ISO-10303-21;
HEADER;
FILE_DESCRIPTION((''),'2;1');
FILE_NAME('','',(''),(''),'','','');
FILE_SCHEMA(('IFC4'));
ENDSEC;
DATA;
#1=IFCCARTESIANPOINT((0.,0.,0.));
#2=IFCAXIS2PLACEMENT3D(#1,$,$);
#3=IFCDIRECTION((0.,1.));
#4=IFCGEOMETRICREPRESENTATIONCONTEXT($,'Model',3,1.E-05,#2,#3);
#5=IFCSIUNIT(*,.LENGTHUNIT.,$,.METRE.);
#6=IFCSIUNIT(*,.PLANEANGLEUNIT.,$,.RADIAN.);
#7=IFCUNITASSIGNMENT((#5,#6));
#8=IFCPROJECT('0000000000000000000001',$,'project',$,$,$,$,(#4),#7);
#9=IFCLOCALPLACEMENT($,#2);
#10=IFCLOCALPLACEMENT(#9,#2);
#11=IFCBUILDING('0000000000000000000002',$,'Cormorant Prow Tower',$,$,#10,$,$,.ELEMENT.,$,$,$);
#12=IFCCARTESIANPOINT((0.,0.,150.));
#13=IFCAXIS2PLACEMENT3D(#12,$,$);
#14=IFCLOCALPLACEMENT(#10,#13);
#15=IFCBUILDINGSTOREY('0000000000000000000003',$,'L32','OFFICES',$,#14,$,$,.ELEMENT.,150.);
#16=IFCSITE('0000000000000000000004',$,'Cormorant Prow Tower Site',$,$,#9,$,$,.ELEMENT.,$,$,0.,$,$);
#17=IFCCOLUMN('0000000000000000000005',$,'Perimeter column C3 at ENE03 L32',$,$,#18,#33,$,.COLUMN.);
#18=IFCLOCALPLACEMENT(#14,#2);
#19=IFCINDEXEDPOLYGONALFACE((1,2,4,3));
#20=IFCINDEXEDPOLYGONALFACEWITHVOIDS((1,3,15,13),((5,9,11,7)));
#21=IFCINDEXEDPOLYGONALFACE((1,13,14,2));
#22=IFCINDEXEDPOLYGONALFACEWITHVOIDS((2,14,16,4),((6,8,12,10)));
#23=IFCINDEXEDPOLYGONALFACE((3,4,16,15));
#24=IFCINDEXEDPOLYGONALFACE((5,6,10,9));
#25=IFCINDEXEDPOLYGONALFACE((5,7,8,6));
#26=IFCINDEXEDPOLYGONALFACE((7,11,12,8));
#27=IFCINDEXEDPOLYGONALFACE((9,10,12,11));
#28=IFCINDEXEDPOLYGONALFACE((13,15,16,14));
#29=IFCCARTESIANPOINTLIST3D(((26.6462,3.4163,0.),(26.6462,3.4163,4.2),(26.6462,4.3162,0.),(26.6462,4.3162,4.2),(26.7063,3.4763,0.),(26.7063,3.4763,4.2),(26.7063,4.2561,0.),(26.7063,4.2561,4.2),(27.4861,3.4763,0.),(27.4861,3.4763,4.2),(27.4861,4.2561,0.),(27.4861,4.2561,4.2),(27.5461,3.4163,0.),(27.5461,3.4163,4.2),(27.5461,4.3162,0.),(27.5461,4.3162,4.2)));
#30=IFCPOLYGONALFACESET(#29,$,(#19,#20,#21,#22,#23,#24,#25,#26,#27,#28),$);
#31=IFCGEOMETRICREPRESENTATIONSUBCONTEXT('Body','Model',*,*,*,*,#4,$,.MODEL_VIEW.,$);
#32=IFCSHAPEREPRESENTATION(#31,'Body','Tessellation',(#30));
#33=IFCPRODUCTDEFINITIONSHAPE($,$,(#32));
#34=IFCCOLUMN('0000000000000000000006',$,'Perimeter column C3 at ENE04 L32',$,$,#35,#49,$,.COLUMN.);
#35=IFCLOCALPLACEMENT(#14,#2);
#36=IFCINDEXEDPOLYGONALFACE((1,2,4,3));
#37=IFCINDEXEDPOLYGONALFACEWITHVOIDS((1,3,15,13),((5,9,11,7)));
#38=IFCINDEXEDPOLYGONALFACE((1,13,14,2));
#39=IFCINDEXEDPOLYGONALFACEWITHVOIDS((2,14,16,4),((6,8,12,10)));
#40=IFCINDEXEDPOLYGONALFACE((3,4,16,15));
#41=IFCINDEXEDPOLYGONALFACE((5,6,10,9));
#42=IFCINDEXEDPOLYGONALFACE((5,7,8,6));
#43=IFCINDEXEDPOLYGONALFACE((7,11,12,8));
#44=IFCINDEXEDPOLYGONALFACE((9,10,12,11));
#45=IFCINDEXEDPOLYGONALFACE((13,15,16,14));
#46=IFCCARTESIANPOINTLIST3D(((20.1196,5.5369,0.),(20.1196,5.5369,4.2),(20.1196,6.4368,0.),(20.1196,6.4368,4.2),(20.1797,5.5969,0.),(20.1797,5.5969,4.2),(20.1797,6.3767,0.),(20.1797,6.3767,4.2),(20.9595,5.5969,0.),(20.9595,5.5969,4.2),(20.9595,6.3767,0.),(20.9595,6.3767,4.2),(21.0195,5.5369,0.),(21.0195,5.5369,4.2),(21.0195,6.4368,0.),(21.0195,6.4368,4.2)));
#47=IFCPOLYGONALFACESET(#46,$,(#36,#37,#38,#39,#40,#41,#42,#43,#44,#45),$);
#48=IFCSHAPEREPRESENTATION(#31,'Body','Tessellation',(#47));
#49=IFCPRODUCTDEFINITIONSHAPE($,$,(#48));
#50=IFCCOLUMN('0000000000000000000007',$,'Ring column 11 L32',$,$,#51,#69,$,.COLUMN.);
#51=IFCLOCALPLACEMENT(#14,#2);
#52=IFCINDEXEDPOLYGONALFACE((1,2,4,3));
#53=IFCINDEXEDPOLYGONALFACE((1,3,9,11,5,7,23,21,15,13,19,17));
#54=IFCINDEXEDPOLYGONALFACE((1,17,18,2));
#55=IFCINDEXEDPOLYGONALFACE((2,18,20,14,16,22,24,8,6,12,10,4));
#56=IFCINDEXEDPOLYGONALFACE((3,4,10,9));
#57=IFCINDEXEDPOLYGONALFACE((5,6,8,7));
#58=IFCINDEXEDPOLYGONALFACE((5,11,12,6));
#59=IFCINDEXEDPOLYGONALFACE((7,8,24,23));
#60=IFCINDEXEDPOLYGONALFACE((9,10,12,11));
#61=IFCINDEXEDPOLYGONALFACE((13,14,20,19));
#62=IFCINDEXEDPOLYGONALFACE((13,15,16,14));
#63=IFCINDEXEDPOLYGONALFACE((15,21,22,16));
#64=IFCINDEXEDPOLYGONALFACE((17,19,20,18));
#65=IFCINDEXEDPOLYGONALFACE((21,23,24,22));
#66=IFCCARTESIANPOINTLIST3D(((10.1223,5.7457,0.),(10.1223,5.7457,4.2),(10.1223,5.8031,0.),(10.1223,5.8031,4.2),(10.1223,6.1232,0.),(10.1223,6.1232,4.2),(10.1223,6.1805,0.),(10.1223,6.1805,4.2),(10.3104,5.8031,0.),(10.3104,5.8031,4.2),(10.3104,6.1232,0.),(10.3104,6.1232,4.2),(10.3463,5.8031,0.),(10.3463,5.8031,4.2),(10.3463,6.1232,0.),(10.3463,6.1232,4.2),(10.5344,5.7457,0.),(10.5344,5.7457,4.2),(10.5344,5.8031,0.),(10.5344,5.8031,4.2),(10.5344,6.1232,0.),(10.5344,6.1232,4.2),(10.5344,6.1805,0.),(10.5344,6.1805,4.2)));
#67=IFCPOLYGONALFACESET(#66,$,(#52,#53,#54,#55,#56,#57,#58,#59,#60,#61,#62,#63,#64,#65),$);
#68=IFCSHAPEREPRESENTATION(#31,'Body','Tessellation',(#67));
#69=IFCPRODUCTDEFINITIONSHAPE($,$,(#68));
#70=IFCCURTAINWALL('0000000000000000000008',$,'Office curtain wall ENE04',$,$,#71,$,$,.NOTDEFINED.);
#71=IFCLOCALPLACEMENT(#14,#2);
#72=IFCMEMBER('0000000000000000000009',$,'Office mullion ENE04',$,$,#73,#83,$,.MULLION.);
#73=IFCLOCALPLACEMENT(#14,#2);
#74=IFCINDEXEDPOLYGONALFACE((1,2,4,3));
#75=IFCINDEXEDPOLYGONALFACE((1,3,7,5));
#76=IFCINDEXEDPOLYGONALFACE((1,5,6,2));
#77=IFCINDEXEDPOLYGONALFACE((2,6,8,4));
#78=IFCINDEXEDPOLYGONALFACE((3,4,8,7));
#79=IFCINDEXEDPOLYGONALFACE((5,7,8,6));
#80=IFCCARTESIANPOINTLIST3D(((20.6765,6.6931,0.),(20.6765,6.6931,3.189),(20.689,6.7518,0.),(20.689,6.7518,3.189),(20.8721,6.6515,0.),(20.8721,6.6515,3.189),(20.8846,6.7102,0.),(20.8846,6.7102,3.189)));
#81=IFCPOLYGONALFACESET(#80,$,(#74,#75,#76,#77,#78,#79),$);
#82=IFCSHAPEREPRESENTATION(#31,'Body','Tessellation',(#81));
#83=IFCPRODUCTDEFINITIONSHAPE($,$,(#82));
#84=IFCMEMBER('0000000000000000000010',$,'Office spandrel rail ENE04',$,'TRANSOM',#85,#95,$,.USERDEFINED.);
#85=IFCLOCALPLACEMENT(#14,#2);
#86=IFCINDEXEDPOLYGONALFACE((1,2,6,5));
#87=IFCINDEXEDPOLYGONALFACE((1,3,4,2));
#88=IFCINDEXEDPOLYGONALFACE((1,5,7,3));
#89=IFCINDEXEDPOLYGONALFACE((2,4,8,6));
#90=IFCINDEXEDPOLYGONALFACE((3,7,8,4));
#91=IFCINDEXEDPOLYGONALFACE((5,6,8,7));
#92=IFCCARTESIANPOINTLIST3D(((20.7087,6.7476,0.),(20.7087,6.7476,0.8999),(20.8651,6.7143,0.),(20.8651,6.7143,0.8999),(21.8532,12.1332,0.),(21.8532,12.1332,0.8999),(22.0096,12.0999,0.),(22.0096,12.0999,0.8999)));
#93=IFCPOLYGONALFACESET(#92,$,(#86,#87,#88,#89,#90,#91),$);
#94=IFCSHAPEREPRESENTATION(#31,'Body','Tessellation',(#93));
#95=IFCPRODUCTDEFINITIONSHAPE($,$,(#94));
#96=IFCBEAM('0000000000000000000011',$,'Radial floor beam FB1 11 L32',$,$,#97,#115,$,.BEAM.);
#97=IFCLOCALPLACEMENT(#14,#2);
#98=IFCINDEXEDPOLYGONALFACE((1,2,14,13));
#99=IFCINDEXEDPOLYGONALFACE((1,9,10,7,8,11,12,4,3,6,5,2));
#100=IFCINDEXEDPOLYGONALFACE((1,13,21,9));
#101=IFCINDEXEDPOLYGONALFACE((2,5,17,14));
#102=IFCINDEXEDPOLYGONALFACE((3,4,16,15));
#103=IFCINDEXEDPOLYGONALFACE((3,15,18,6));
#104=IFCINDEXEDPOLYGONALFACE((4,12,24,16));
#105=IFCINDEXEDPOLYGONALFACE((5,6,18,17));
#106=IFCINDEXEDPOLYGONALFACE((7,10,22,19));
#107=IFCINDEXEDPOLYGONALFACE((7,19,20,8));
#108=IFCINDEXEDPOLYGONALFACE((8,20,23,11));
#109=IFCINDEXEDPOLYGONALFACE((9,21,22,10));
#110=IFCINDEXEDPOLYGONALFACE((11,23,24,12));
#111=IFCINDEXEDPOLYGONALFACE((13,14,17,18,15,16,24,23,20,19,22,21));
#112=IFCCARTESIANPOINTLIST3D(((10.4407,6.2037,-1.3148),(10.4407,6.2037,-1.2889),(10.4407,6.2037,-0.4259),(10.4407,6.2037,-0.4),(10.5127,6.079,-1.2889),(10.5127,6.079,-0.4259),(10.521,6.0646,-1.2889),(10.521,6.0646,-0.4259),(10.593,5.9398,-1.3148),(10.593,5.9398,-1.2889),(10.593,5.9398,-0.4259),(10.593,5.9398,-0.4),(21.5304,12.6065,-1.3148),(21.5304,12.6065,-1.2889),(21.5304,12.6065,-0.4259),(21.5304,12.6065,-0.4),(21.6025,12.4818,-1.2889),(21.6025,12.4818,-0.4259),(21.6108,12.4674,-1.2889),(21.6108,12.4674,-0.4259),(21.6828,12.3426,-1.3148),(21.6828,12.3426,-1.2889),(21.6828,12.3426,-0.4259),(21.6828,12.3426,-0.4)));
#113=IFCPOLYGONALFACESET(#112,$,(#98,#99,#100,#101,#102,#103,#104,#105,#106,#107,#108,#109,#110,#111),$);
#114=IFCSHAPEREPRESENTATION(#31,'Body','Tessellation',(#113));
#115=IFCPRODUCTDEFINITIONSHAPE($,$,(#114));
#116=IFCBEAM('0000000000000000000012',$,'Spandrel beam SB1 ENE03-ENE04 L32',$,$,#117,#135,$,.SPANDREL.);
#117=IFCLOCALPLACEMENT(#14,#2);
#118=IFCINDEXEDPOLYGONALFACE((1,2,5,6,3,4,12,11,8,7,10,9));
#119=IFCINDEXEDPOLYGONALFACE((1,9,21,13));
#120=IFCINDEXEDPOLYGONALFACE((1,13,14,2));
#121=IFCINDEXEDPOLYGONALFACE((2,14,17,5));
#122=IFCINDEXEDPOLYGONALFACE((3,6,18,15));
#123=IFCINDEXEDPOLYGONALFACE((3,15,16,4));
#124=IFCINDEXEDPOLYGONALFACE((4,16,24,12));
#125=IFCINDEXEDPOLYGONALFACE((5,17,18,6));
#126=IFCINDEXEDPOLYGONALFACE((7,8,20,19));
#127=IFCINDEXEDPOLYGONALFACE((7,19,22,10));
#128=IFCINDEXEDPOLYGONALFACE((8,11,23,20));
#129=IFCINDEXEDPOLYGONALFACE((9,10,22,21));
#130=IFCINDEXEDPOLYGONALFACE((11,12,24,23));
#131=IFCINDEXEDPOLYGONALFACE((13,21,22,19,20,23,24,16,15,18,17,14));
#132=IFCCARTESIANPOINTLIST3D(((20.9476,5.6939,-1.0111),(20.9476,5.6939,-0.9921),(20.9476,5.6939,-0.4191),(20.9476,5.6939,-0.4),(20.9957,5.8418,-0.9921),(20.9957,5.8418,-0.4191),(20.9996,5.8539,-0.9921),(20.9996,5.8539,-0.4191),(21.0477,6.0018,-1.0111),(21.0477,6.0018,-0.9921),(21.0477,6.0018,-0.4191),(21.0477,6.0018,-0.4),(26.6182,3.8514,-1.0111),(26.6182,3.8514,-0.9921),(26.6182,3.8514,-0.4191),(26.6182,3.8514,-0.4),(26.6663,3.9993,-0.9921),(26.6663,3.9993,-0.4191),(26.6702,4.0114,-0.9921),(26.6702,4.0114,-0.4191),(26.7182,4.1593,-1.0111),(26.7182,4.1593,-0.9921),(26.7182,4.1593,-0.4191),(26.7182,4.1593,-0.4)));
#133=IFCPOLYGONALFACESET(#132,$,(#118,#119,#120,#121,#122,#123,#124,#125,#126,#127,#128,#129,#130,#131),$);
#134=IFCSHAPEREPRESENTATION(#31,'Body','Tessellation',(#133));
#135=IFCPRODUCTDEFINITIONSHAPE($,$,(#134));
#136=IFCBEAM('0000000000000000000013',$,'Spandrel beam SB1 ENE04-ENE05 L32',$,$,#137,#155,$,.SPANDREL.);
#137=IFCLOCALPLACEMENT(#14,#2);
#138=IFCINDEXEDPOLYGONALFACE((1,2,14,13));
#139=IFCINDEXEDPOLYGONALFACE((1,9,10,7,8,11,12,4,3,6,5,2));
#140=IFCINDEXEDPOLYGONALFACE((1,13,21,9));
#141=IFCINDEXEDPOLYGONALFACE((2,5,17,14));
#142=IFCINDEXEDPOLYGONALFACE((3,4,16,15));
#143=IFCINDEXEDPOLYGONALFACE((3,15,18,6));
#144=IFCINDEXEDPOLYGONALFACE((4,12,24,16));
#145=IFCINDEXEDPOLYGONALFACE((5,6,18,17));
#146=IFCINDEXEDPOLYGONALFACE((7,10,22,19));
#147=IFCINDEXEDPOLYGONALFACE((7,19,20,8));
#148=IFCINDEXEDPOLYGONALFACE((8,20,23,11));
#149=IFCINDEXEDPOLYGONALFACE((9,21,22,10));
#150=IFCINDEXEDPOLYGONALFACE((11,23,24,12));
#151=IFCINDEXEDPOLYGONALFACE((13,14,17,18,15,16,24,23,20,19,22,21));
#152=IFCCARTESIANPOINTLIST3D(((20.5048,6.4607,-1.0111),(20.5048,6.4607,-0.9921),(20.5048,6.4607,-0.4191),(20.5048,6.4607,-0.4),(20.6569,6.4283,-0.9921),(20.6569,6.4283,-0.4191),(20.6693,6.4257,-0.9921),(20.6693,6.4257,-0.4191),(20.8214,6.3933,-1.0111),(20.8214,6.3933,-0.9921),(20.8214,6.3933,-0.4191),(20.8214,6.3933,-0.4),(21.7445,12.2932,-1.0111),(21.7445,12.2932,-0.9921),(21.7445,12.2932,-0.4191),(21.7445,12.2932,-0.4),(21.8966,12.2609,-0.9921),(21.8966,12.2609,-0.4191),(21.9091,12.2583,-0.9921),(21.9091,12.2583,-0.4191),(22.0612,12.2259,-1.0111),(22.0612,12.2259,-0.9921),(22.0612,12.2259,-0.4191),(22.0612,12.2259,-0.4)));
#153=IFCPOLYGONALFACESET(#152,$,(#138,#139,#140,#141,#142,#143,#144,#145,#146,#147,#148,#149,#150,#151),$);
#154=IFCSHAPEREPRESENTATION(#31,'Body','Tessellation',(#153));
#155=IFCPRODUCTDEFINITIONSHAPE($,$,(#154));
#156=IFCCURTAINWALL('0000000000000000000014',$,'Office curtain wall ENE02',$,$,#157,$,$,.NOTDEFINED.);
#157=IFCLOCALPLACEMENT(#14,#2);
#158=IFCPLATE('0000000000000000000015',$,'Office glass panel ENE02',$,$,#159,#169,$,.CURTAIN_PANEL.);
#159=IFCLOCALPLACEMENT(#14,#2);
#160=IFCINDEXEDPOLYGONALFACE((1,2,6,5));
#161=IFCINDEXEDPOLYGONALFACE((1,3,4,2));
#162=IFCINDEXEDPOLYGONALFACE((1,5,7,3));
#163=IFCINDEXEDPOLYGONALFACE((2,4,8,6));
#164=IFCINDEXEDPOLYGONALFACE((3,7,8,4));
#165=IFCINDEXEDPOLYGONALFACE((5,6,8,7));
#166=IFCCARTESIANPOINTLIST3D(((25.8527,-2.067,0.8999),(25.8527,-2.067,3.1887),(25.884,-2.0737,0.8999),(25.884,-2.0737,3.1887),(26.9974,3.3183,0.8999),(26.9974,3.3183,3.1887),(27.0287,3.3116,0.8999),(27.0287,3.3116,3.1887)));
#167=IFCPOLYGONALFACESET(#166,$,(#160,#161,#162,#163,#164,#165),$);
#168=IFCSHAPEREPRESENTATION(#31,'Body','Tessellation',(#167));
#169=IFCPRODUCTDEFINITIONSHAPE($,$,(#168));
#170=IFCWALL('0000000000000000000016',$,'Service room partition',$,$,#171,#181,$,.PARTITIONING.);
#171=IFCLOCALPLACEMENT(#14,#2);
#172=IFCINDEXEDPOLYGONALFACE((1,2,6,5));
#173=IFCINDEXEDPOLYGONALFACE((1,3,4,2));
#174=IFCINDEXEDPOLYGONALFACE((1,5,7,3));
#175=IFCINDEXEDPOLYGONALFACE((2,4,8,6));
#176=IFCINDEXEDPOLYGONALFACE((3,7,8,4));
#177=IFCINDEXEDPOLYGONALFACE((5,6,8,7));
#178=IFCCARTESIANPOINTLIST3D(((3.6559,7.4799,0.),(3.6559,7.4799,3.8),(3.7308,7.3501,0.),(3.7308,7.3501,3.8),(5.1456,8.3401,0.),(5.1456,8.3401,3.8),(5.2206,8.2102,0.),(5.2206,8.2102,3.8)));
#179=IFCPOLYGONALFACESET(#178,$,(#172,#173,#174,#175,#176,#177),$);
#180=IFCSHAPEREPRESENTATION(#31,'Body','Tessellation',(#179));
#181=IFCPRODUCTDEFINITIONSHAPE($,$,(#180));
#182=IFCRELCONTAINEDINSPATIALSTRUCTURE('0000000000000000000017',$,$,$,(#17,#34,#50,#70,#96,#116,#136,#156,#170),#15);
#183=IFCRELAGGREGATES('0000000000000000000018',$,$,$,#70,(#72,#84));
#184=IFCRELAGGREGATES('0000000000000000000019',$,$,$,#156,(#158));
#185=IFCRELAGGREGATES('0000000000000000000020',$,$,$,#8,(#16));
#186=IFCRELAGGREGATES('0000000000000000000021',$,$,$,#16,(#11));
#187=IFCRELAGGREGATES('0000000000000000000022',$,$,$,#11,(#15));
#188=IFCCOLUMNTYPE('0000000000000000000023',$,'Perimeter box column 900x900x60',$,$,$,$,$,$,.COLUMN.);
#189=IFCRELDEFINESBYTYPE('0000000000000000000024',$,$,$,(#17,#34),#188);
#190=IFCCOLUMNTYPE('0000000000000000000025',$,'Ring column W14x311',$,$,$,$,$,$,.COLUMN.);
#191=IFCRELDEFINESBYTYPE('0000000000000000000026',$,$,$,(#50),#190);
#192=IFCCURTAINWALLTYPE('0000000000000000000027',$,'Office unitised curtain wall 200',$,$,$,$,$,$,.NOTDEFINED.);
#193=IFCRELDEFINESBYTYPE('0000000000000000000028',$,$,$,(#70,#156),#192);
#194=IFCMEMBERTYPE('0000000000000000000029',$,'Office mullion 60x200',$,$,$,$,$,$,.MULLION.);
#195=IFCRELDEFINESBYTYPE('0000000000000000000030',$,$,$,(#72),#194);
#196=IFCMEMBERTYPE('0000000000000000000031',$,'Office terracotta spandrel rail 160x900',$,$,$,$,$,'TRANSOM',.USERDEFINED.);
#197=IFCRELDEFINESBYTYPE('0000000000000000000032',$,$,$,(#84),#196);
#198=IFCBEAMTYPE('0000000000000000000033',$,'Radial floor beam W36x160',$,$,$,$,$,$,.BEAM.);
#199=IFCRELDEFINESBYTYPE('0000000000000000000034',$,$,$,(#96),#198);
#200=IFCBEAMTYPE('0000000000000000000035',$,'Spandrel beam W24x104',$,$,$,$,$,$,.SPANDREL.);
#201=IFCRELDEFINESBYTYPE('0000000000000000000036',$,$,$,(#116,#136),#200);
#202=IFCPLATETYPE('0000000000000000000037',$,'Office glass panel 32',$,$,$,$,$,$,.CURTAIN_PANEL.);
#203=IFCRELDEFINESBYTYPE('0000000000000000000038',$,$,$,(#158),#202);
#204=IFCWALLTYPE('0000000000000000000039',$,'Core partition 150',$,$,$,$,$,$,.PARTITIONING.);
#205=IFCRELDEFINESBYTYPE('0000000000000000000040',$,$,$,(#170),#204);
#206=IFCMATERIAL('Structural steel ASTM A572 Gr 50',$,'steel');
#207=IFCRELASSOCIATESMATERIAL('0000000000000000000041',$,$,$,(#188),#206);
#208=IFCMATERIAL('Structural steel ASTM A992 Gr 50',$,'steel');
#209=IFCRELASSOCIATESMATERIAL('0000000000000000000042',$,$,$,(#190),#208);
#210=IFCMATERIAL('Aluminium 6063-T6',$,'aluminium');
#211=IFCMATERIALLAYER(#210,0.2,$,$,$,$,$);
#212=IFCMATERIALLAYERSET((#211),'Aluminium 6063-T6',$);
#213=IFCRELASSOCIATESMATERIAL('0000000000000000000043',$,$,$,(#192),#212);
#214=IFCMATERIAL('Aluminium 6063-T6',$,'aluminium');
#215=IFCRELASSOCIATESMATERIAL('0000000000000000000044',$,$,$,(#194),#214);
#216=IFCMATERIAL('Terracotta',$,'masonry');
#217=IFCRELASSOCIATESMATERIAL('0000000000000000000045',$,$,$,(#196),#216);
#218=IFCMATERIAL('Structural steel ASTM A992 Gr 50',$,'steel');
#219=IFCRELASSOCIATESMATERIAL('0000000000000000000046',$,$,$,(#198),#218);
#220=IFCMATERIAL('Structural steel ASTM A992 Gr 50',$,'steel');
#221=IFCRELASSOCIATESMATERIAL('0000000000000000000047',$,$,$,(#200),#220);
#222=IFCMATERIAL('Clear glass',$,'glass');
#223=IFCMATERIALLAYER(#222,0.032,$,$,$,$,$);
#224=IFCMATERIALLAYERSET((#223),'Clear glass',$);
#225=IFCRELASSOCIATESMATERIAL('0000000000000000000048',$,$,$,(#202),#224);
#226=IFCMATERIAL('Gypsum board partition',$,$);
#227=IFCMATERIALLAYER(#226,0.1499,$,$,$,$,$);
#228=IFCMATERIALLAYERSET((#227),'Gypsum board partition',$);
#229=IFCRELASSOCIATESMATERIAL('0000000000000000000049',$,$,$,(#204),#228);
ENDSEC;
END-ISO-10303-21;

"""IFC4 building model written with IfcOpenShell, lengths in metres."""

from ifc_helpers import new_model, si_unit, direction, frame, frame_2d, origin, origin_2d, place, context, subcontext, project, spatial, rectangle, hollow_rectangle, i_section, extrude, material, layer, layer_set, material_profile, profile_set, type_object, element, aggregate, save


model = new_model("IFC4")

# Units and contexts
model_context = context("Model", 3, precision=1e-05, world=origin(), true_north=direction((0.0, 1.0)))
body_context = subcontext(model_context, "Body", "Model", "MODEL_VIEW")
ifc_project = project(units=[si_unit("LENGTHUNIT", "METRE"), si_unit("PLANEANGLEUNIT", "RADIAN")], contexts=[model_context])

# Site, building, storey
site_placement = place(None, origin())
site = spatial("IfcSite", under=ifc_project, at=site_placement, Name="Cormorant Prow Tower Site", CompositionType="ELEMENT", RefElevation=0.0)
building_placement = place(site_placement, origin())
building = spatial("IfcBuilding", under=site, at=building_placement, Name="Cormorant Prow Tower", CompositionType="ELEMENT")
storey_placement = place(building_placement, frame((0.0, 0.0, 150.0)))
storey = spatial("IfcBuildingStorey", under=building, at=storey_placement, Name="L32", Description="OFFICES", CompositionType="ELEMENT", Elevation=150.0)

# Columns
ifc_material_1 = material(Name="Structural steel ASTM A572 Gr 50", Category="steel")
ifc_material_profile_1 = material_profile(ifc_material_1, hollow_rectangle(XDim=0.8999, YDim=0.8999, WallThickness=0.0601, at=origin_2d()), Name="Box 900x900x60")
ifc_profile_set_1 = profile_set([ifc_material_profile_1], Name="Structural steel ASTM A572 Gr 50")
column_type_1 = type_object("IfcColumnType", Name="Perimeter box column 900x900x60", PredefinedType="COLUMN", material=ifc_profile_set_1)
for number, where, z_axis, x_axis, name in (
    (1, (27.0962, 3.8662, 0.0), (0.0, 0.0, 1.0), (1.0, 0.0, 0.0), "Perimeter column C3 at ENE03 L32"),
    (2, (20.5696, 5.9868, 0.0), (0.0, 0.0, 1.0), (1.0, 0.0, 0.0), "Perimeter column C3 at ENE04 L32"),
):
    element("IfcColumn", number, at=place(storey_placement, frame(where, z_axis=z_axis, x_axis=x_axis)), inside=storey, type_object=column_type_1, Name=name, PredefinedType="COLUMN", context=body_context, shape_type="SweptSolid", body=[
        extrude(hollow_rectangle(XDim=0.8999, YDim=0.8999, WallThickness=0.0601, at=origin_2d()), origin(), (0.0, 0.0, 1.0), 4.2),
    ])
ifc_material_2 = material(Name="Structural steel ASTM A992 Gr 50", Category="steel")
ifc_material_profile_2 = material_profile(ifc_material_2, i_section(OverallWidth=0.4121, OverallDepth=0.4348, WebThickness=0.0359, FlangeThickness=0.0574, at=origin_2d()), Name="W14x311")
ifc_profile_set_2 = profile_set([ifc_material_profile_2], Name="Structural steel ASTM A992 Gr 50")
column_type_2 = type_object("IfcColumnType", Name="Ring column W14x311", PredefinedType="COLUMN", material=ifc_profile_set_2)
column_placement = place(storey_placement, frame((10.3284, 5.9631, 0.0), z_axis=(0.0, 0.0, 1.0), x_axis=(1.0, 0.0, 0.0)))
element("IfcColumn", 3, at=column_placement, inside=storey, type_object=column_type_2, Name="Ring column 11 L32", PredefinedType="COLUMN", context=body_context, shape_type="SweptSolid", body=[
    extrude(i_section(OverallWidth=0.4121, OverallDepth=0.4348, WebThickness=0.0359, FlangeThickness=0.0574, at=origin_2d()), origin(), (0.0, 0.0, 1.0), 4.2),
])

# Curtain wall, members
ifc_material_3 = material(Name="Aluminium 6063-T6", Category="aluminium")
ifc_layer_1 = layer(ifc_material_3, 0.2)
ifc_layer_set_1 = layer_set([ifc_layer_1], Name="Aluminium 6063-T6")
curtain_wall_type = type_object("IfcCurtainWallType", Name="Office unitised curtain wall 200", PredefinedType="NOTDEFINED", material=ifc_layer_set_1)
curtain_wall_1_placement = place(storey_placement, origin())
curtain_wall_1 = element("IfcCurtainWall", 4, at=curtain_wall_1_placement, inside=storey, type_object=curtain_wall_type, Name="Office curtain wall ENE04", PredefinedType="NOTDEFINED")
ifc_material_4 = material(Name="Aluminium 6063-T6", Category="aluminium")
ifc_material_profile_3 = material_profile(ifc_material_4, rectangle(XDim=0.2, YDim=0.0601, at=origin_2d()), Name="Office mullion 60x200")
ifc_profile_set_3 = profile_set([ifc_material_profile_3], Name="Aluminium 6063-T6")
member_type_1 = type_object("IfcMemberType", Name="Office mullion 60x200", PredefinedType="MULLION", material=ifc_profile_set_3)
member_1_placement = place(storey_placement, frame((20.7805, 6.7017, 0.0), z_axis=(0.0, 0.0, 1.0), x_axis=(-0.978148, 0.207912, 0.0)))
member_1 = element("IfcMember", 5, at=member_1_placement, type_object=member_type_1, Name="Office mullion ENE04", PredefinedType="MULLION", context=body_context, shape_type="SweptSolid", body=[
    extrude(rectangle(XDim=0.2, YDim=0.0601, at=origin_2d()), origin(), (0.0, 0.0, 1.0), 3.189),
])
ifc_material_5 = material(Name="Terracotta", Category="masonry")
ifc_material_profile_4 = material_profile(ifc_material_5, rectangle(XDim=0.1599, YDim=0.8999, at=origin_2d()), Name="Office terracotta spandrel rail 160x900")
ifc_profile_set_4 = profile_set([ifc_material_profile_4], Name="Terracotta")
member_type_2 = type_object("IfcMemberType", Name="Office terracotta spandrel rail 160x900", ElementType="TRANSOM", PredefinedType="USERDEFINED", material=ifc_profile_set_4)
member_2_placement = place(storey_placement, frame((20.7869, 6.731, 0.45), z_axis=(0.207878, 0.978155, 0.0), x_axis=(-0.978155, 0.207878, 0.0)))
member_2 = element("IfcMember", 6, at=member_2_placement, type_object=member_type_2, Name="Office spandrel rail ENE04", ObjectType="TRANSOM", PredefinedType="USERDEFINED", context=body_context, shape_type="SweptSolid", body=[
    extrude(rectangle(XDim=0.1599, YDim=0.8999, at=origin_2d()), origin(), (0.0, 0.0, 1.0), 5.5059),
])
aggregate(curtain_wall_1, [member_1, member_2])

# Beams
ifc_material_6 = material(Name="Structural steel ASTM A992 Gr 50", Category="steel")
ifc_material_profile_5 = material_profile(ifc_material_6, i_section(OverallWidth=0.3047, OverallDepth=0.9148, WebThickness=0.0166, FlangeThickness=0.0259, at=origin_2d()), Name="W36x160")
ifc_profile_set_5 = profile_set([ifc_material_profile_5], Name="Structural steel ASTM A992 Gr 50")
beam_type_1 = type_object("IfcBeamType", Name="Radial floor beam W36x160", PredefinedType="BEAM", material=ifc_profile_set_5)
beam_1_placement = place(storey_placement, frame((10.5168, 6.0718, -0.8574), z_axis=(0.866022, 0.500006, 0.0), x_axis=(-0.500006, 0.866022, 0.0)))
element("IfcBeam", 7, at=beam_1_placement, inside=storey, type_object=beam_type_1, Name="Radial floor beam FB1 11 L32", PredefinedType="BEAM", context=body_context, shape_type="SweptSolid", body=[
    extrude(i_section(OverallWidth=0.3047, OverallDepth=0.9148, WebThickness=0.0166, FlangeThickness=0.0259, at=origin_2d()), origin(), (0.0, 0.0, 1.0), 12.8054),
])
ifc_material_7 = material(Name="Structural steel ASTM A992 Gr 50", Category="steel")
ifc_material_profile_6 = material_profile(ifc_material_7, i_section(OverallWidth=0.3237, OverallDepth=0.6111, WebThickness=0.0127, FlangeThickness=0.019, at=origin_2d()), Name="W24x104")
ifc_profile_set_6 = profile_set([ifc_material_profile_6], Name="Structural steel ASTM A992 Gr 50")
beam_type_2 = type_object("IfcBeamType", Name="Spandrel beam W24x104", PredefinedType="SPANDREL", material=ifc_profile_set_6)
beam_2_placement = place(storey_placement, frame((26.6682, 4.0054, -0.7056), z_axis=(-0.951055, 0.30902, 0.0), x_axis=(-0.30902, -0.951055, 0.0)))
element("IfcBeam", 8, at=beam_2_placement, inside=storey, type_object=beam_type_2, Name="Spandrel beam SB1 ENE03-ENE04 L32", PredefinedType="SPANDREL", context=body_context, shape_type="SweptSolid", body=[
    extrude(i_section(OverallWidth=0.3237, OverallDepth=0.6111, WebThickness=0.0127, FlangeThickness=0.019, at=origin_2d()), origin(), (0.0, 0.0, 1.0), 5.9624),
])
beam_3_placement = place(storey_placement, frame((20.6631, 6.427, -0.7056), z_axis=(0.207913, 0.978147, 0.0), x_axis=(-0.978147, 0.207913, 0.0)))
element("IfcBeam", 9, at=beam_3_placement, inside=storey, type_object=beam_type_2, Name="Spandrel beam SB1 ENE04-ENE05 L32", PredefinedType="SPANDREL", context=body_context, shape_type="SweptSolid", body=[
    extrude(i_section(OverallWidth=0.3237, OverallDepth=0.6111, WebThickness=0.0127, FlangeThickness=0.019, at=origin_2d()), origin(), (0.0, 0.0, 1.0), 5.9629),
])

# Curtain wall, plate
curtain_wall_2_placement = place(storey_placement, origin())
curtain_wall_2 = element("IfcCurtainWall", 10, at=curtain_wall_2_placement, inside=storey, type_object=curtain_wall_type, Name="Office curtain wall ENE02", PredefinedType="NOTDEFINED")
ifc_material_8 = material(Name="Clear glass", Category="glass")
ifc_layer_2 = layer(ifc_material_8, 0.032)
ifc_layer_set_2 = layer_set([ifc_layer_2], Name="Clear glass")
plate_type = type_object("IfcPlateType", Name="Office glass panel 32", PredefinedType="CURTAIN_PANEL", material=ifc_layer_set_2)
plate_placement = place(storey_placement, frame((26.4407, 0.6223, 0.8999), z_axis=(0.0, 0.0, 1.0), x_axis=(0.207912, 0.978148, 0.0)))
plate = element("IfcPlate", 11, at=plate_placement, type_object=plate_type, Name="Office glass panel ENE02", PredefinedType="CURTAIN_PANEL", context=body_context, shape_type="SweptSolid", body=[
    extrude(rectangle(XDim=5.5056, YDim=0.032, at=origin_2d()), origin(), (0.0, 0.0, 1.0), 2.2888),
])
aggregate(curtain_wall_2, [plate])

# Wall
ifc_material_9 = material(Name="Gypsum board partition")
ifc_layer_3 = layer(ifc_material_9, 0.1499)
ifc_layer_set_3 = layer_set([ifc_layer_3], Name="Gypsum board partition")
wall_type_1 = type_object("IfcWallType", Name="Core partition 150", PredefinedType="PARTITIONING", material=ifc_layer_set_3)
wall_1_placement = place(storey_placement, frame((3.6934, 7.415, 0.0), z_axis=(0.0, 0.0, 1.0), x_axis=(0.866025, 0.500001, 0.0)))
element("IfcWall", 12, at=wall_1_placement, inside=storey, type_object=wall_type_1, Name="Service room partition", PredefinedType="PARTITIONING", context=body_context, shape_type="SweptSolid", body=[
    extrude(rectangle(XDim=1.7202, YDim=0.1499, at=frame_2d((0.8601, 0.0))), origin(), (0.0, 0.0, 1.0), 3.8),
])

save(model, "model.ifc")
